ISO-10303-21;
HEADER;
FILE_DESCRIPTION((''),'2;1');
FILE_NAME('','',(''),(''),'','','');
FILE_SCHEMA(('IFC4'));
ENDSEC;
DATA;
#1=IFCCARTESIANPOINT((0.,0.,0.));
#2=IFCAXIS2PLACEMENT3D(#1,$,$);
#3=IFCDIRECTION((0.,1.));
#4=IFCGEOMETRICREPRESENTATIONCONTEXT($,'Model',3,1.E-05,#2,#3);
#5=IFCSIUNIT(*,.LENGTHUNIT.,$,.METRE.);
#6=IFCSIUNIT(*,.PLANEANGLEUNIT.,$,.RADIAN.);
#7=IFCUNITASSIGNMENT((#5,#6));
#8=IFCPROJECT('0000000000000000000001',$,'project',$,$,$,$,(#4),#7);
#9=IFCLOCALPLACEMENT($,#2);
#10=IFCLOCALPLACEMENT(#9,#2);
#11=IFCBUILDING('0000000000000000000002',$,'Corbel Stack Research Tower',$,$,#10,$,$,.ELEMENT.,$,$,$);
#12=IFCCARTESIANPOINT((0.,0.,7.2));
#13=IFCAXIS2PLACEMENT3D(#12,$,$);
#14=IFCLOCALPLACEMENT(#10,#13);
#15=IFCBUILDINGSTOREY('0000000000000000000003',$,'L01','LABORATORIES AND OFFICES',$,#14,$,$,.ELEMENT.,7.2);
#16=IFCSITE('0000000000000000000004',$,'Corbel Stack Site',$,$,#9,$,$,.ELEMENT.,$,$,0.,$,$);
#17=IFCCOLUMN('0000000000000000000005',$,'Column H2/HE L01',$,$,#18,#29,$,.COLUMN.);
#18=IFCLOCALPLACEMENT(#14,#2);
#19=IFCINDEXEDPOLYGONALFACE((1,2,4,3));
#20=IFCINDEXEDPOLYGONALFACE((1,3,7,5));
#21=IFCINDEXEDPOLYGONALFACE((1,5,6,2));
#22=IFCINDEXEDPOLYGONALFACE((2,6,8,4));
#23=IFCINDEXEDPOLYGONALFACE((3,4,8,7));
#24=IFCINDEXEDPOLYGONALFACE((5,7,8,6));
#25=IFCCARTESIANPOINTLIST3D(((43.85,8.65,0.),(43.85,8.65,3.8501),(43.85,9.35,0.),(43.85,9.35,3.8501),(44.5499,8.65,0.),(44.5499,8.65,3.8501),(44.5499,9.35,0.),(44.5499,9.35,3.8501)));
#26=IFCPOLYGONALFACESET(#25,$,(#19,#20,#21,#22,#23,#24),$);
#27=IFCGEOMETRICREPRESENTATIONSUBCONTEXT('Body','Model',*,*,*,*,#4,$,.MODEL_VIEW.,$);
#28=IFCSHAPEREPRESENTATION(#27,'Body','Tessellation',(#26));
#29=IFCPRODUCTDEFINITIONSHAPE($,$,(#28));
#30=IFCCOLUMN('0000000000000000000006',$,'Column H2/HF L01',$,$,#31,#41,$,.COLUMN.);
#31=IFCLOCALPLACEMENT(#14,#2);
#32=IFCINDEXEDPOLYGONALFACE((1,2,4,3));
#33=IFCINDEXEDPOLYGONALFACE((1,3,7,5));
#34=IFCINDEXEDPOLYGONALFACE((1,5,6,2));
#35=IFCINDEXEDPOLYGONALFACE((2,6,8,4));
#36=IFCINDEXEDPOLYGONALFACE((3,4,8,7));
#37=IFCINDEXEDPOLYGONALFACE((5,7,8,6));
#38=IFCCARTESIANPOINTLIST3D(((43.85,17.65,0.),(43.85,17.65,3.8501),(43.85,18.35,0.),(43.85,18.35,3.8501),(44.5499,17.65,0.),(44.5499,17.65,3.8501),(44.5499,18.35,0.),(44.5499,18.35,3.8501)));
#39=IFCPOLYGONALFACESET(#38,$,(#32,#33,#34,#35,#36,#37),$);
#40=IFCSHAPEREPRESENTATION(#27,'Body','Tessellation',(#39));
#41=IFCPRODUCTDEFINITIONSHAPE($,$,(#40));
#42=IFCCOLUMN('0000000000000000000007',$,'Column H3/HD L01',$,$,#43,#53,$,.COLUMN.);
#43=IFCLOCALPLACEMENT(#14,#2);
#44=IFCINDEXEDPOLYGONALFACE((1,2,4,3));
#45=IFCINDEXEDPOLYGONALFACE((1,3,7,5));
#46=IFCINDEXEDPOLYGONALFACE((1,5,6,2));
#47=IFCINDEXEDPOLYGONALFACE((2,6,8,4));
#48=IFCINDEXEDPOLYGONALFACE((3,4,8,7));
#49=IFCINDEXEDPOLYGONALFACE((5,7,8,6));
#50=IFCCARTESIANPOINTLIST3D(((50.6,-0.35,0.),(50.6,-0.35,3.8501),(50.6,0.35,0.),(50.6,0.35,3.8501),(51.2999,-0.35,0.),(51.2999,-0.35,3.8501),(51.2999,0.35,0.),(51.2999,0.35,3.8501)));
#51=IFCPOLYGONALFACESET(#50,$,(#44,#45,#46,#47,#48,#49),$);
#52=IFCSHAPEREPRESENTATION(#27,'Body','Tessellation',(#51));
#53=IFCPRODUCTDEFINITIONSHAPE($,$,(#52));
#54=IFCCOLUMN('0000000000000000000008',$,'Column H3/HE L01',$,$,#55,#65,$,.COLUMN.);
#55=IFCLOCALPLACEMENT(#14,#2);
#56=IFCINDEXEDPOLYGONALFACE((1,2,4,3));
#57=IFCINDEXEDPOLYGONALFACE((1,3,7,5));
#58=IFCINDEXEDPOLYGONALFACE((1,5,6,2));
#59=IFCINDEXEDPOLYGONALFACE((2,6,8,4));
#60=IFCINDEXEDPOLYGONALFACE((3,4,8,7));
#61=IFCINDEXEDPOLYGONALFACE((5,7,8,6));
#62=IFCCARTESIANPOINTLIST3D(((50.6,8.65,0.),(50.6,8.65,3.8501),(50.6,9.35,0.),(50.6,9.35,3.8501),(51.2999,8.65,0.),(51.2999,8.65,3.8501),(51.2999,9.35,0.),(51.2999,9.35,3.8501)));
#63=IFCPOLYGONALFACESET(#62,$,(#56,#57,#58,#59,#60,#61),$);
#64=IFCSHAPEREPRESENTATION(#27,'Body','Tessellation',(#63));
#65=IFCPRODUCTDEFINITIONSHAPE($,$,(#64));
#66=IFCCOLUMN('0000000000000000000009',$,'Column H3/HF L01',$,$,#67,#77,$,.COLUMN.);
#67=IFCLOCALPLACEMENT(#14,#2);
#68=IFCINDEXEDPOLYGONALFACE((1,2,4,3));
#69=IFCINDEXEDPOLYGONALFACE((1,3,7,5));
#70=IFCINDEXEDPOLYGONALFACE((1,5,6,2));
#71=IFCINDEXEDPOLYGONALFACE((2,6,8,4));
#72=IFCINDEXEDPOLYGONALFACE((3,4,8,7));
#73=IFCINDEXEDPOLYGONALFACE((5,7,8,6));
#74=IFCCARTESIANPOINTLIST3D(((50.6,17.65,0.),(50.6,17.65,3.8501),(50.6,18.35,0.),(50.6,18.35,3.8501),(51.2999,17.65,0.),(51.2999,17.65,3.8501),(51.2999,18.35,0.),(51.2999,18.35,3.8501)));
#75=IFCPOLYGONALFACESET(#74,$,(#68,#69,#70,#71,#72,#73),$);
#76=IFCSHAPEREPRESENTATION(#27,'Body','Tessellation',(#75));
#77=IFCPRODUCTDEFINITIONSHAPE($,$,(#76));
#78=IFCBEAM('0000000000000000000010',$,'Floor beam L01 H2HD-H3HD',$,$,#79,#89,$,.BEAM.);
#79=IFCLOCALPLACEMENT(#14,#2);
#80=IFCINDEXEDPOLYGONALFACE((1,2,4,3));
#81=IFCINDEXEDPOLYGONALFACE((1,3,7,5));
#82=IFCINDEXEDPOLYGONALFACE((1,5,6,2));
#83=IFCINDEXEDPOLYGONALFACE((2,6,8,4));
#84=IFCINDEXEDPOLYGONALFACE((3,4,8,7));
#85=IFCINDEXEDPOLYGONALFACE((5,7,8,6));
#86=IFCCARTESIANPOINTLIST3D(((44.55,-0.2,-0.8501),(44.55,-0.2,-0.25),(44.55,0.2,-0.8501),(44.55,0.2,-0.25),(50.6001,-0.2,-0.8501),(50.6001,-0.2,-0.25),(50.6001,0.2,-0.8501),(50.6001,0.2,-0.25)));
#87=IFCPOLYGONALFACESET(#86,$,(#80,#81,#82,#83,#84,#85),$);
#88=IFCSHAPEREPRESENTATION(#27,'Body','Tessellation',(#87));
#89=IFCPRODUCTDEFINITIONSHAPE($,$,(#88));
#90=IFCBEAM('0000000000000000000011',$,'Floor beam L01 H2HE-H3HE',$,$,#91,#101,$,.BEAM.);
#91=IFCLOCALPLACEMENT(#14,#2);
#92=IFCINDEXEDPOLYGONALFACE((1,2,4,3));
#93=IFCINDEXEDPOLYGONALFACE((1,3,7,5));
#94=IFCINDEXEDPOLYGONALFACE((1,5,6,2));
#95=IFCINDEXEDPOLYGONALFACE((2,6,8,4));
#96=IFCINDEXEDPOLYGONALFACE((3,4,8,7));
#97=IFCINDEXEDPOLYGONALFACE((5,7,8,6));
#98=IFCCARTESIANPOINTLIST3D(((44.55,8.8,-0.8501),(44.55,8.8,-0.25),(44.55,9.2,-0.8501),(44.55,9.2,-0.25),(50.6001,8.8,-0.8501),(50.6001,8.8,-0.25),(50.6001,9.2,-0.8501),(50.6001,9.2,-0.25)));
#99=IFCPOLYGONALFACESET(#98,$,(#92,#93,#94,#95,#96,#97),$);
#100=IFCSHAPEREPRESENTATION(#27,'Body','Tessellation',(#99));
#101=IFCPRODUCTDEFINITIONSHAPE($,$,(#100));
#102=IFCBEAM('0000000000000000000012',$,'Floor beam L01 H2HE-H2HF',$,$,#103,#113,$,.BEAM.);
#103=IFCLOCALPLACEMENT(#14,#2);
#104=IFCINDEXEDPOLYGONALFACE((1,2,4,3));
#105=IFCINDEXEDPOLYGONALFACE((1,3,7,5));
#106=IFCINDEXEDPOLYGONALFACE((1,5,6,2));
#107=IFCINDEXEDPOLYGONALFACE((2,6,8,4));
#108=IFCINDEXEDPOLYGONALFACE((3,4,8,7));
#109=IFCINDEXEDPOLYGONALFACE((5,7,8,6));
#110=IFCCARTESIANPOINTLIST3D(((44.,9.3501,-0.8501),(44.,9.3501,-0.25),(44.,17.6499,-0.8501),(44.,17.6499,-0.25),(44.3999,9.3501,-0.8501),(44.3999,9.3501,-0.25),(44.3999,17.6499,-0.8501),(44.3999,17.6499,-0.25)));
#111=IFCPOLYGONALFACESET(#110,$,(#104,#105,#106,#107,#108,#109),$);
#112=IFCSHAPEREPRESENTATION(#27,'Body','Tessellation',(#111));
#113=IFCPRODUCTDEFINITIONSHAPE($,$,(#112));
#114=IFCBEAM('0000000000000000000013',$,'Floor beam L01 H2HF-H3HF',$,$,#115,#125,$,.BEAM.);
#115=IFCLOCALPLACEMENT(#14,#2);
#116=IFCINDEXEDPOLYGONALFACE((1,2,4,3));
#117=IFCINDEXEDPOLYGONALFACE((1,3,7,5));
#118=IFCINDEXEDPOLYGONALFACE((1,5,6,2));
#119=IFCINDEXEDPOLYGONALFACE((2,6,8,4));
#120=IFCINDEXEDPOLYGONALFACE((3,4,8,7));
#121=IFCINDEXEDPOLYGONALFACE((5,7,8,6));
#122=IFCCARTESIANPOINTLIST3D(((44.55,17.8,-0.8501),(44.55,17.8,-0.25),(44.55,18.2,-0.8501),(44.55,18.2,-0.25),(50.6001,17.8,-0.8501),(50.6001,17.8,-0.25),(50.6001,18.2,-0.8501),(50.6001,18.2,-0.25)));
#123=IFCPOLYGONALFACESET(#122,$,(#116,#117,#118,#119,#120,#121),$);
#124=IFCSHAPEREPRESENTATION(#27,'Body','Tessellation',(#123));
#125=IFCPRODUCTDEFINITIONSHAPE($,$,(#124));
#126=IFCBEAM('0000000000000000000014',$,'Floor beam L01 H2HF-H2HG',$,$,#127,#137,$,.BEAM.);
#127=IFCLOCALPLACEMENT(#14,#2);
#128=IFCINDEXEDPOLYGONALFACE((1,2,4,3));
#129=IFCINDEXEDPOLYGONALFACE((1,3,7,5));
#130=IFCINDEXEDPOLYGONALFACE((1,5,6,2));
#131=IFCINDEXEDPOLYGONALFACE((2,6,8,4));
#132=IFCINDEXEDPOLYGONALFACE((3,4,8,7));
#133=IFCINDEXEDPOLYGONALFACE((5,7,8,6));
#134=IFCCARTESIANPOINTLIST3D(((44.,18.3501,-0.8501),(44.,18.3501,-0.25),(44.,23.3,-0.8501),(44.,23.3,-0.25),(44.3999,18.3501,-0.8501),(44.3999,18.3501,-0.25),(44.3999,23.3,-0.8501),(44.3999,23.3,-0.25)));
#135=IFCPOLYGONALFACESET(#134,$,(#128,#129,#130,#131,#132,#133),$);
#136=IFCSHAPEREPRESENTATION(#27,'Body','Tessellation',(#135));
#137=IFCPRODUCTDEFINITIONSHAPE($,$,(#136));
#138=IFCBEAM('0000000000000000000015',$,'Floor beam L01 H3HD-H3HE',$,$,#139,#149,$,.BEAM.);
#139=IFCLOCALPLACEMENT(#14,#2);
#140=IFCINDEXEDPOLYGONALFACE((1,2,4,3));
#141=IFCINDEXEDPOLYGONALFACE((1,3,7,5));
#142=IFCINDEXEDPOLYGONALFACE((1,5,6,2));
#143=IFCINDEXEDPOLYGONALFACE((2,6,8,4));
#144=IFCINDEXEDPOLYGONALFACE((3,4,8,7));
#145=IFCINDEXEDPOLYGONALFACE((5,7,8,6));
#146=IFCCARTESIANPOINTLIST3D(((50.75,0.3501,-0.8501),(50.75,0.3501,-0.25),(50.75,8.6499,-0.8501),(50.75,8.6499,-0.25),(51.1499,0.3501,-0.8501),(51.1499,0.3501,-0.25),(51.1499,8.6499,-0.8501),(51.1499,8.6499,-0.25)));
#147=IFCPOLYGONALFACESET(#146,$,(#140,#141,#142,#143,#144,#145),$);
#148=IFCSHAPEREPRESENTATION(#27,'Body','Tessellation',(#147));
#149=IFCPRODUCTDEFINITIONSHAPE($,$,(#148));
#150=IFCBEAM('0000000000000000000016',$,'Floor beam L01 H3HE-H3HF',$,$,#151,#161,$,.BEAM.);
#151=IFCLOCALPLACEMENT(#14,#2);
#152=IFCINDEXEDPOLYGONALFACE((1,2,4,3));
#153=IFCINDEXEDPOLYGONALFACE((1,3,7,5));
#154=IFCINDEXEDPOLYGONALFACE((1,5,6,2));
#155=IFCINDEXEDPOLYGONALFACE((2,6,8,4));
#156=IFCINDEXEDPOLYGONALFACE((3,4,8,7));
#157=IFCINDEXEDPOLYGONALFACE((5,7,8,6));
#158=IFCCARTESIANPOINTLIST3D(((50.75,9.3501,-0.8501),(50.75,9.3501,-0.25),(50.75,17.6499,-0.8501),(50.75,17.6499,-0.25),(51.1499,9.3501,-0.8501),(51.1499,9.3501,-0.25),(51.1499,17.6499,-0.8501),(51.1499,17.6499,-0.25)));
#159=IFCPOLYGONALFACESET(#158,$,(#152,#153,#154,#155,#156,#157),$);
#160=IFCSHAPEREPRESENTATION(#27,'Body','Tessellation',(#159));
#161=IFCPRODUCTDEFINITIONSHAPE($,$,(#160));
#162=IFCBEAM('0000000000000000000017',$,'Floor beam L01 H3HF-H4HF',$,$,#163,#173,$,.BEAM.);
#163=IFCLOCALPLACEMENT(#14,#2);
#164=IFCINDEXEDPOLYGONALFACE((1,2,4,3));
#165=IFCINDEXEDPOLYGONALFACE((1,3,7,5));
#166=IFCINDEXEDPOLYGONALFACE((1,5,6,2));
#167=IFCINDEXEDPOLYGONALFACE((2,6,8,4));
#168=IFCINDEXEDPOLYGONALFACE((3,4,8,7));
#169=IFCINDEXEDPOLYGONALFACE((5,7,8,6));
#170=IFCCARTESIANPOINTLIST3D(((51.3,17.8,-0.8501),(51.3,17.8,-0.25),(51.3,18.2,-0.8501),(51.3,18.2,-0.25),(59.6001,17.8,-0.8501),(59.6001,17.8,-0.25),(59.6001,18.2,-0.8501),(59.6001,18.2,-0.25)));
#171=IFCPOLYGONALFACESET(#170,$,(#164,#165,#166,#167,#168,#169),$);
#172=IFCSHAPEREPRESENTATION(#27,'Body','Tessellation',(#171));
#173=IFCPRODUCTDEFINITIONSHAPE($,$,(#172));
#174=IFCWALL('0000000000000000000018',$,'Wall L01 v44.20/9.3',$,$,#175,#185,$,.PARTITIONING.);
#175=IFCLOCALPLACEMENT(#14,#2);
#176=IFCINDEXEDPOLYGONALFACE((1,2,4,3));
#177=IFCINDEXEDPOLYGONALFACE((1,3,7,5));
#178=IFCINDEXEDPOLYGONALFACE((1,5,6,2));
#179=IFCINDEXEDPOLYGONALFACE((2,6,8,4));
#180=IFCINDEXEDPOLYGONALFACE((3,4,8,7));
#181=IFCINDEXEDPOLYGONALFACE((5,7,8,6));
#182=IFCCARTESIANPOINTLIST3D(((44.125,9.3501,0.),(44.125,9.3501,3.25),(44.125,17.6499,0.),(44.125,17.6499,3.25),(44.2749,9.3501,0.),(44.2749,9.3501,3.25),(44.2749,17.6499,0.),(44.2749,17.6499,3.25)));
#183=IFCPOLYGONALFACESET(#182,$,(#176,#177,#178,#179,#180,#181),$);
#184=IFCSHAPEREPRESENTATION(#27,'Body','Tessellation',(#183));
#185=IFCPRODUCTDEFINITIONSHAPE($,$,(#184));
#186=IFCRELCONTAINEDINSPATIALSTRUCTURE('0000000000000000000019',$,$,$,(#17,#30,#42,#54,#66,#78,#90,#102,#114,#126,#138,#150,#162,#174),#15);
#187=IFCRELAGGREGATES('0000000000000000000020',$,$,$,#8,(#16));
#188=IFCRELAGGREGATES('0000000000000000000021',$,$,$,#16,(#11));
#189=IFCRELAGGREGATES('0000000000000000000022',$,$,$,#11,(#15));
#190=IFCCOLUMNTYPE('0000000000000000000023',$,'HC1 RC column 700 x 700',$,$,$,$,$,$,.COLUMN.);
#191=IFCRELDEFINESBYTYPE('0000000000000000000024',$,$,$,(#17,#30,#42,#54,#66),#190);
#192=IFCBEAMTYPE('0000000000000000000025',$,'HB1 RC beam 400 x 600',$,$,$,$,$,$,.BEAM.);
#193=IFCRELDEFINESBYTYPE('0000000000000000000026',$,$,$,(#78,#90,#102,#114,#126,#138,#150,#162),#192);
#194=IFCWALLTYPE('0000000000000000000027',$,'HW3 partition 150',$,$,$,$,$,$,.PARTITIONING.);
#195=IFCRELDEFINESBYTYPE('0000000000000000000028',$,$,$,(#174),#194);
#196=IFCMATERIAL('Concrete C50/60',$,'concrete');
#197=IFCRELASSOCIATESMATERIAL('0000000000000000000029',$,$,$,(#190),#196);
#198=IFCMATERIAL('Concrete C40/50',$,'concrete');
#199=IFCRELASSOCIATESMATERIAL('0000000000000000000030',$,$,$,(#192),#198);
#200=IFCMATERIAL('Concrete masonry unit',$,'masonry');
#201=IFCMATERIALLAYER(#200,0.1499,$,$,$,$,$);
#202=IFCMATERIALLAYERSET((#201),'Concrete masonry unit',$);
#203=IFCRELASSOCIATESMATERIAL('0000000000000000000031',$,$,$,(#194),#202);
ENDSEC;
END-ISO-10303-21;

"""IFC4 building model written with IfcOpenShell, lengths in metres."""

from ifc_helpers import new_model, si_unit, direction, frame, frame_2d, origin, origin_2d, place, context, subcontext, project, spatial, rectangle, extrude, material, layer, layer_set, material_profile, profile_set, type_object, element, save


model = new_model("IFC4")

# Units and contexts
model_context = context("Model", 3, precision=1e-05, world=origin(), true_north=direction((0.0, 1.0)))
body_context = subcontext(model_context, "Body", "Model", "MODEL_VIEW")
ifc_project = project(units=[si_unit("LENGTHUNIT", "METRE"), si_unit("PLANEANGLEUNIT", "RADIAN")], contexts=[model_context])

# Site, building, storey
site_placement = place(None, origin())
site = spatial("IfcSite", under=ifc_project, at=site_placement, Name="Corbel Stack Site", CompositionType="ELEMENT", RefElevation=0.0)
building_placement = place(site_placement, origin())
building = spatial("IfcBuilding", under=site, at=building_placement, Name="Corbel Stack Research Tower", CompositionType="ELEMENT")
storey_placement = place(building_placement, frame((0.0, 0.0, 7.2)))
storey = spatial("IfcBuildingStorey", under=building, at=storey_placement, Name="L01", Description="LABORATORIES AND OFFICES", CompositionType="ELEMENT", Elevation=7.2)

# Columns
ifc_material_1 = material(Name="Concrete C50/60", Category="concrete")
ifc_material_profile_1 = material_profile(ifc_material_1, rectangle(XDim=0.7, YDim=0.7, at=origin_2d()), Name="RC 700 x 700")
ifc_profile_set_1 = profile_set([ifc_material_profile_1], Name="Concrete C50/60")
column_type = type_object("IfcColumnType", Name="HC1 RC column 700 x 700", PredefinedType="COLUMN", material=ifc_profile_set_1)
for number, where, z_axis, x_axis, name in (
    (1, (44.2, 9.0, 0.0), (0.0, 0.0, 1.0), (1.0, 0.0, 0.0), "Column H2/HE L01"),
    (2, (44.2, 18.0, 0.0), (0.0, 0.0, 1.0), (1.0, 0.0, 0.0), "Column H2/HF L01"),
    (3, (50.95, 0.0, 0.0), (0.0, 0.0, 1.0), (1.0, 0.0, 0.0), "Column H3/HD L01"),
    (4, (50.95, 9.0, 0.0), (0.0, 0.0, 1.0), (1.0, 0.0, 0.0), "Column H3/HE L01"),
    (5, (50.95, 18.0, 0.0), (0.0, 0.0, 1.0), (1.0, 0.0, 0.0), "Column H3/HF L01"),
):
    element("IfcColumn", number, at=place(storey_placement, frame(where, z_axis=z_axis, x_axis=x_axis)), inside=storey, type_object=column_type, Name=name, PredefinedType="COLUMN", context=body_context, shape_type="SweptSolid", body=[
        extrude(rectangle(XDim=0.7, YDim=0.7, at=origin_2d()), origin(), (0.0, 0.0, 1.0), 3.8501),
    ])

# Beams
ifc_material_2 = material(Name="Concrete C40/50", Category="concrete")
ifc_material_profile_2 = material_profile(ifc_material_2, rectangle(XDim=0.3999, YDim=0.6001, at=origin_2d()), Name="RC 400 x 600")
ifc_profile_set_2 = profile_set([ifc_material_profile_2], Name="Concrete C40/50")
beam_type = type_object("IfcBeamType", Name="HB1 RC beam 400 x 600", PredefinedType="BEAM", material=ifc_profile_set_2)
for number, where, z_axis, x_axis, name in (
    (6, (44.55, 0.0, -0.55), (1.0, 0.0, 0.0), (0.0, 1.0, 0.0), "Floor beam L01 H2HD-H3HD"),
    (7, (44.55, 9.0, -0.55), (1.0, 0.0, 0.0), (0.0, 1.0, 0.0), "Floor beam L01 H2HE-H3HE"),
):
    element("IfcBeam", number, at=place(storey_placement, frame(where, z_axis=z_axis, x_axis=x_axis)), inside=storey, type_object=beam_type, Name=name, PredefinedType="BEAM", context=body_context, shape_type="SweptSolid", body=[
        extrude(rectangle(XDim=0.3999, YDim=0.6001, at=origin_2d()), origin(), (0.0, 0.0, 1.0), 6.05),
    ])
beam_1_placement = place(storey_placement, frame((44.2, 9.3501, -0.55), z_axis=(0.0, 1.0, 0.0), x_axis=(-1.0, 0.0, 0.0)))
element("IfcBeam", 8, at=beam_1_placement, inside=storey, type_object=beam_type, Name="Floor beam L01 H2HE-H2HF", PredefinedType="BEAM", context=body_context, shape_type="SweptSolid", body=[
    extrude(rectangle(XDim=0.3999, YDim=0.6001, at=origin_2d()), origin(), (0.0, 0.0, 1.0), 8.2998),
])
beam_2_placement = place(storey_placement, frame((44.55, 18.0, -0.55), z_axis=(1.0, 0.0, 0.0), x_axis=(0.0, 1.0, 0.0)))
element("IfcBeam", 9, at=beam_2_placement, inside=storey, type_object=beam_type, Name="Floor beam L01 H2HF-H3HF", PredefinedType="BEAM", context=body_context, shape_type="SweptSolid", body=[
    extrude(rectangle(XDim=0.3999, YDim=0.6001, at=origin_2d()), origin(), (0.0, 0.0, 1.0), 6.05),
])
beam_3_placement = place(storey_placement, frame((44.2, 18.3501, -0.55), z_axis=(0.0, 1.0, 0.0), x_axis=(-1.0, 0.0, 0.0)))
element("IfcBeam", 10, at=beam_3_placement, inside=storey, type_object=beam_type, Name="Floor beam L01 H2HF-H2HG", PredefinedType="BEAM", context=body_context, shape_type="SweptSolid", body=[
    extrude(rectangle(XDim=0.3999, YDim=0.6001, at=origin_2d()), origin(), (0.0, 0.0, 1.0), 4.95),
])
for number, where, z_axis, x_axis, name in (
    (11, (50.95, 0.3501, -0.55), (0.0, 1.0, 0.0), (-1.0, 0.0, 0.0), "Floor beam L01 H3HD-H3HE"),
    (12, (50.95, 9.3501, -0.55), (0.0, 1.0, 0.0), (-1.0, 0.0, 0.0), "Floor beam L01 H3HE-H3HF"),
):
    element("IfcBeam", number, at=place(storey_placement, frame(where, z_axis=z_axis, x_axis=x_axis)), inside=storey, type_object=beam_type, Name=name, PredefinedType="BEAM", context=body_context, shape_type="SweptSolid", body=[
        extrude(rectangle(XDim=0.3999, YDim=0.6001, at=origin_2d()), origin(), (0.0, 0.0, 1.0), 8.2998),
    ])
beam_4_placement = place(storey_placement, frame((51.3, 18.0, -0.55), z_axis=(1.0, 0.0, 0.0), x_axis=(0.0, 1.0, 0.0)))
element("IfcBeam", 13, at=beam_4_placement, inside=storey, type_object=beam_type, Name="Floor beam L01 H3HF-H4HF", PredefinedType="BEAM", context=body_context, shape_type="SweptSolid", body=[
    extrude(rectangle(XDim=0.3999, YDim=0.6001, at=origin_2d()), origin(), (0.0, 0.0, 1.0), 8.3),
])

# Wall
ifc_material_3 = material(Name="Concrete masonry unit", Category="masonry")
ifc_layer = layer(ifc_material_3, 0.1499)
ifc_layer_set = layer_set([ifc_layer], Name="Concrete masonry unit")
wall_type = type_object("IfcWallType", Name="HW3 partition 150", PredefinedType="PARTITIONING", material=ifc_layer_set)
wall_placement = place(storey_placement, frame((44.2, 9.3501, 0.0), z_axis=(0.0, 0.0, 1.0), x_axis=(0.0, 1.0, 0.0)))
element("IfcWall", 14, at=wall_placement, inside=storey, type_object=wall_type, Name="Wall L01 v44.20/9.3", PredefinedType="PARTITIONING", context=body_context, shape_type="SweptSolid", body=[
    extrude(rectangle(XDim=8.2998, YDim=0.1499, at=frame_2d((4.1499, 0.0))), origin(), (0.0, 0.0, 1.0), 3.25),
])

save(model, "model.ifc")
